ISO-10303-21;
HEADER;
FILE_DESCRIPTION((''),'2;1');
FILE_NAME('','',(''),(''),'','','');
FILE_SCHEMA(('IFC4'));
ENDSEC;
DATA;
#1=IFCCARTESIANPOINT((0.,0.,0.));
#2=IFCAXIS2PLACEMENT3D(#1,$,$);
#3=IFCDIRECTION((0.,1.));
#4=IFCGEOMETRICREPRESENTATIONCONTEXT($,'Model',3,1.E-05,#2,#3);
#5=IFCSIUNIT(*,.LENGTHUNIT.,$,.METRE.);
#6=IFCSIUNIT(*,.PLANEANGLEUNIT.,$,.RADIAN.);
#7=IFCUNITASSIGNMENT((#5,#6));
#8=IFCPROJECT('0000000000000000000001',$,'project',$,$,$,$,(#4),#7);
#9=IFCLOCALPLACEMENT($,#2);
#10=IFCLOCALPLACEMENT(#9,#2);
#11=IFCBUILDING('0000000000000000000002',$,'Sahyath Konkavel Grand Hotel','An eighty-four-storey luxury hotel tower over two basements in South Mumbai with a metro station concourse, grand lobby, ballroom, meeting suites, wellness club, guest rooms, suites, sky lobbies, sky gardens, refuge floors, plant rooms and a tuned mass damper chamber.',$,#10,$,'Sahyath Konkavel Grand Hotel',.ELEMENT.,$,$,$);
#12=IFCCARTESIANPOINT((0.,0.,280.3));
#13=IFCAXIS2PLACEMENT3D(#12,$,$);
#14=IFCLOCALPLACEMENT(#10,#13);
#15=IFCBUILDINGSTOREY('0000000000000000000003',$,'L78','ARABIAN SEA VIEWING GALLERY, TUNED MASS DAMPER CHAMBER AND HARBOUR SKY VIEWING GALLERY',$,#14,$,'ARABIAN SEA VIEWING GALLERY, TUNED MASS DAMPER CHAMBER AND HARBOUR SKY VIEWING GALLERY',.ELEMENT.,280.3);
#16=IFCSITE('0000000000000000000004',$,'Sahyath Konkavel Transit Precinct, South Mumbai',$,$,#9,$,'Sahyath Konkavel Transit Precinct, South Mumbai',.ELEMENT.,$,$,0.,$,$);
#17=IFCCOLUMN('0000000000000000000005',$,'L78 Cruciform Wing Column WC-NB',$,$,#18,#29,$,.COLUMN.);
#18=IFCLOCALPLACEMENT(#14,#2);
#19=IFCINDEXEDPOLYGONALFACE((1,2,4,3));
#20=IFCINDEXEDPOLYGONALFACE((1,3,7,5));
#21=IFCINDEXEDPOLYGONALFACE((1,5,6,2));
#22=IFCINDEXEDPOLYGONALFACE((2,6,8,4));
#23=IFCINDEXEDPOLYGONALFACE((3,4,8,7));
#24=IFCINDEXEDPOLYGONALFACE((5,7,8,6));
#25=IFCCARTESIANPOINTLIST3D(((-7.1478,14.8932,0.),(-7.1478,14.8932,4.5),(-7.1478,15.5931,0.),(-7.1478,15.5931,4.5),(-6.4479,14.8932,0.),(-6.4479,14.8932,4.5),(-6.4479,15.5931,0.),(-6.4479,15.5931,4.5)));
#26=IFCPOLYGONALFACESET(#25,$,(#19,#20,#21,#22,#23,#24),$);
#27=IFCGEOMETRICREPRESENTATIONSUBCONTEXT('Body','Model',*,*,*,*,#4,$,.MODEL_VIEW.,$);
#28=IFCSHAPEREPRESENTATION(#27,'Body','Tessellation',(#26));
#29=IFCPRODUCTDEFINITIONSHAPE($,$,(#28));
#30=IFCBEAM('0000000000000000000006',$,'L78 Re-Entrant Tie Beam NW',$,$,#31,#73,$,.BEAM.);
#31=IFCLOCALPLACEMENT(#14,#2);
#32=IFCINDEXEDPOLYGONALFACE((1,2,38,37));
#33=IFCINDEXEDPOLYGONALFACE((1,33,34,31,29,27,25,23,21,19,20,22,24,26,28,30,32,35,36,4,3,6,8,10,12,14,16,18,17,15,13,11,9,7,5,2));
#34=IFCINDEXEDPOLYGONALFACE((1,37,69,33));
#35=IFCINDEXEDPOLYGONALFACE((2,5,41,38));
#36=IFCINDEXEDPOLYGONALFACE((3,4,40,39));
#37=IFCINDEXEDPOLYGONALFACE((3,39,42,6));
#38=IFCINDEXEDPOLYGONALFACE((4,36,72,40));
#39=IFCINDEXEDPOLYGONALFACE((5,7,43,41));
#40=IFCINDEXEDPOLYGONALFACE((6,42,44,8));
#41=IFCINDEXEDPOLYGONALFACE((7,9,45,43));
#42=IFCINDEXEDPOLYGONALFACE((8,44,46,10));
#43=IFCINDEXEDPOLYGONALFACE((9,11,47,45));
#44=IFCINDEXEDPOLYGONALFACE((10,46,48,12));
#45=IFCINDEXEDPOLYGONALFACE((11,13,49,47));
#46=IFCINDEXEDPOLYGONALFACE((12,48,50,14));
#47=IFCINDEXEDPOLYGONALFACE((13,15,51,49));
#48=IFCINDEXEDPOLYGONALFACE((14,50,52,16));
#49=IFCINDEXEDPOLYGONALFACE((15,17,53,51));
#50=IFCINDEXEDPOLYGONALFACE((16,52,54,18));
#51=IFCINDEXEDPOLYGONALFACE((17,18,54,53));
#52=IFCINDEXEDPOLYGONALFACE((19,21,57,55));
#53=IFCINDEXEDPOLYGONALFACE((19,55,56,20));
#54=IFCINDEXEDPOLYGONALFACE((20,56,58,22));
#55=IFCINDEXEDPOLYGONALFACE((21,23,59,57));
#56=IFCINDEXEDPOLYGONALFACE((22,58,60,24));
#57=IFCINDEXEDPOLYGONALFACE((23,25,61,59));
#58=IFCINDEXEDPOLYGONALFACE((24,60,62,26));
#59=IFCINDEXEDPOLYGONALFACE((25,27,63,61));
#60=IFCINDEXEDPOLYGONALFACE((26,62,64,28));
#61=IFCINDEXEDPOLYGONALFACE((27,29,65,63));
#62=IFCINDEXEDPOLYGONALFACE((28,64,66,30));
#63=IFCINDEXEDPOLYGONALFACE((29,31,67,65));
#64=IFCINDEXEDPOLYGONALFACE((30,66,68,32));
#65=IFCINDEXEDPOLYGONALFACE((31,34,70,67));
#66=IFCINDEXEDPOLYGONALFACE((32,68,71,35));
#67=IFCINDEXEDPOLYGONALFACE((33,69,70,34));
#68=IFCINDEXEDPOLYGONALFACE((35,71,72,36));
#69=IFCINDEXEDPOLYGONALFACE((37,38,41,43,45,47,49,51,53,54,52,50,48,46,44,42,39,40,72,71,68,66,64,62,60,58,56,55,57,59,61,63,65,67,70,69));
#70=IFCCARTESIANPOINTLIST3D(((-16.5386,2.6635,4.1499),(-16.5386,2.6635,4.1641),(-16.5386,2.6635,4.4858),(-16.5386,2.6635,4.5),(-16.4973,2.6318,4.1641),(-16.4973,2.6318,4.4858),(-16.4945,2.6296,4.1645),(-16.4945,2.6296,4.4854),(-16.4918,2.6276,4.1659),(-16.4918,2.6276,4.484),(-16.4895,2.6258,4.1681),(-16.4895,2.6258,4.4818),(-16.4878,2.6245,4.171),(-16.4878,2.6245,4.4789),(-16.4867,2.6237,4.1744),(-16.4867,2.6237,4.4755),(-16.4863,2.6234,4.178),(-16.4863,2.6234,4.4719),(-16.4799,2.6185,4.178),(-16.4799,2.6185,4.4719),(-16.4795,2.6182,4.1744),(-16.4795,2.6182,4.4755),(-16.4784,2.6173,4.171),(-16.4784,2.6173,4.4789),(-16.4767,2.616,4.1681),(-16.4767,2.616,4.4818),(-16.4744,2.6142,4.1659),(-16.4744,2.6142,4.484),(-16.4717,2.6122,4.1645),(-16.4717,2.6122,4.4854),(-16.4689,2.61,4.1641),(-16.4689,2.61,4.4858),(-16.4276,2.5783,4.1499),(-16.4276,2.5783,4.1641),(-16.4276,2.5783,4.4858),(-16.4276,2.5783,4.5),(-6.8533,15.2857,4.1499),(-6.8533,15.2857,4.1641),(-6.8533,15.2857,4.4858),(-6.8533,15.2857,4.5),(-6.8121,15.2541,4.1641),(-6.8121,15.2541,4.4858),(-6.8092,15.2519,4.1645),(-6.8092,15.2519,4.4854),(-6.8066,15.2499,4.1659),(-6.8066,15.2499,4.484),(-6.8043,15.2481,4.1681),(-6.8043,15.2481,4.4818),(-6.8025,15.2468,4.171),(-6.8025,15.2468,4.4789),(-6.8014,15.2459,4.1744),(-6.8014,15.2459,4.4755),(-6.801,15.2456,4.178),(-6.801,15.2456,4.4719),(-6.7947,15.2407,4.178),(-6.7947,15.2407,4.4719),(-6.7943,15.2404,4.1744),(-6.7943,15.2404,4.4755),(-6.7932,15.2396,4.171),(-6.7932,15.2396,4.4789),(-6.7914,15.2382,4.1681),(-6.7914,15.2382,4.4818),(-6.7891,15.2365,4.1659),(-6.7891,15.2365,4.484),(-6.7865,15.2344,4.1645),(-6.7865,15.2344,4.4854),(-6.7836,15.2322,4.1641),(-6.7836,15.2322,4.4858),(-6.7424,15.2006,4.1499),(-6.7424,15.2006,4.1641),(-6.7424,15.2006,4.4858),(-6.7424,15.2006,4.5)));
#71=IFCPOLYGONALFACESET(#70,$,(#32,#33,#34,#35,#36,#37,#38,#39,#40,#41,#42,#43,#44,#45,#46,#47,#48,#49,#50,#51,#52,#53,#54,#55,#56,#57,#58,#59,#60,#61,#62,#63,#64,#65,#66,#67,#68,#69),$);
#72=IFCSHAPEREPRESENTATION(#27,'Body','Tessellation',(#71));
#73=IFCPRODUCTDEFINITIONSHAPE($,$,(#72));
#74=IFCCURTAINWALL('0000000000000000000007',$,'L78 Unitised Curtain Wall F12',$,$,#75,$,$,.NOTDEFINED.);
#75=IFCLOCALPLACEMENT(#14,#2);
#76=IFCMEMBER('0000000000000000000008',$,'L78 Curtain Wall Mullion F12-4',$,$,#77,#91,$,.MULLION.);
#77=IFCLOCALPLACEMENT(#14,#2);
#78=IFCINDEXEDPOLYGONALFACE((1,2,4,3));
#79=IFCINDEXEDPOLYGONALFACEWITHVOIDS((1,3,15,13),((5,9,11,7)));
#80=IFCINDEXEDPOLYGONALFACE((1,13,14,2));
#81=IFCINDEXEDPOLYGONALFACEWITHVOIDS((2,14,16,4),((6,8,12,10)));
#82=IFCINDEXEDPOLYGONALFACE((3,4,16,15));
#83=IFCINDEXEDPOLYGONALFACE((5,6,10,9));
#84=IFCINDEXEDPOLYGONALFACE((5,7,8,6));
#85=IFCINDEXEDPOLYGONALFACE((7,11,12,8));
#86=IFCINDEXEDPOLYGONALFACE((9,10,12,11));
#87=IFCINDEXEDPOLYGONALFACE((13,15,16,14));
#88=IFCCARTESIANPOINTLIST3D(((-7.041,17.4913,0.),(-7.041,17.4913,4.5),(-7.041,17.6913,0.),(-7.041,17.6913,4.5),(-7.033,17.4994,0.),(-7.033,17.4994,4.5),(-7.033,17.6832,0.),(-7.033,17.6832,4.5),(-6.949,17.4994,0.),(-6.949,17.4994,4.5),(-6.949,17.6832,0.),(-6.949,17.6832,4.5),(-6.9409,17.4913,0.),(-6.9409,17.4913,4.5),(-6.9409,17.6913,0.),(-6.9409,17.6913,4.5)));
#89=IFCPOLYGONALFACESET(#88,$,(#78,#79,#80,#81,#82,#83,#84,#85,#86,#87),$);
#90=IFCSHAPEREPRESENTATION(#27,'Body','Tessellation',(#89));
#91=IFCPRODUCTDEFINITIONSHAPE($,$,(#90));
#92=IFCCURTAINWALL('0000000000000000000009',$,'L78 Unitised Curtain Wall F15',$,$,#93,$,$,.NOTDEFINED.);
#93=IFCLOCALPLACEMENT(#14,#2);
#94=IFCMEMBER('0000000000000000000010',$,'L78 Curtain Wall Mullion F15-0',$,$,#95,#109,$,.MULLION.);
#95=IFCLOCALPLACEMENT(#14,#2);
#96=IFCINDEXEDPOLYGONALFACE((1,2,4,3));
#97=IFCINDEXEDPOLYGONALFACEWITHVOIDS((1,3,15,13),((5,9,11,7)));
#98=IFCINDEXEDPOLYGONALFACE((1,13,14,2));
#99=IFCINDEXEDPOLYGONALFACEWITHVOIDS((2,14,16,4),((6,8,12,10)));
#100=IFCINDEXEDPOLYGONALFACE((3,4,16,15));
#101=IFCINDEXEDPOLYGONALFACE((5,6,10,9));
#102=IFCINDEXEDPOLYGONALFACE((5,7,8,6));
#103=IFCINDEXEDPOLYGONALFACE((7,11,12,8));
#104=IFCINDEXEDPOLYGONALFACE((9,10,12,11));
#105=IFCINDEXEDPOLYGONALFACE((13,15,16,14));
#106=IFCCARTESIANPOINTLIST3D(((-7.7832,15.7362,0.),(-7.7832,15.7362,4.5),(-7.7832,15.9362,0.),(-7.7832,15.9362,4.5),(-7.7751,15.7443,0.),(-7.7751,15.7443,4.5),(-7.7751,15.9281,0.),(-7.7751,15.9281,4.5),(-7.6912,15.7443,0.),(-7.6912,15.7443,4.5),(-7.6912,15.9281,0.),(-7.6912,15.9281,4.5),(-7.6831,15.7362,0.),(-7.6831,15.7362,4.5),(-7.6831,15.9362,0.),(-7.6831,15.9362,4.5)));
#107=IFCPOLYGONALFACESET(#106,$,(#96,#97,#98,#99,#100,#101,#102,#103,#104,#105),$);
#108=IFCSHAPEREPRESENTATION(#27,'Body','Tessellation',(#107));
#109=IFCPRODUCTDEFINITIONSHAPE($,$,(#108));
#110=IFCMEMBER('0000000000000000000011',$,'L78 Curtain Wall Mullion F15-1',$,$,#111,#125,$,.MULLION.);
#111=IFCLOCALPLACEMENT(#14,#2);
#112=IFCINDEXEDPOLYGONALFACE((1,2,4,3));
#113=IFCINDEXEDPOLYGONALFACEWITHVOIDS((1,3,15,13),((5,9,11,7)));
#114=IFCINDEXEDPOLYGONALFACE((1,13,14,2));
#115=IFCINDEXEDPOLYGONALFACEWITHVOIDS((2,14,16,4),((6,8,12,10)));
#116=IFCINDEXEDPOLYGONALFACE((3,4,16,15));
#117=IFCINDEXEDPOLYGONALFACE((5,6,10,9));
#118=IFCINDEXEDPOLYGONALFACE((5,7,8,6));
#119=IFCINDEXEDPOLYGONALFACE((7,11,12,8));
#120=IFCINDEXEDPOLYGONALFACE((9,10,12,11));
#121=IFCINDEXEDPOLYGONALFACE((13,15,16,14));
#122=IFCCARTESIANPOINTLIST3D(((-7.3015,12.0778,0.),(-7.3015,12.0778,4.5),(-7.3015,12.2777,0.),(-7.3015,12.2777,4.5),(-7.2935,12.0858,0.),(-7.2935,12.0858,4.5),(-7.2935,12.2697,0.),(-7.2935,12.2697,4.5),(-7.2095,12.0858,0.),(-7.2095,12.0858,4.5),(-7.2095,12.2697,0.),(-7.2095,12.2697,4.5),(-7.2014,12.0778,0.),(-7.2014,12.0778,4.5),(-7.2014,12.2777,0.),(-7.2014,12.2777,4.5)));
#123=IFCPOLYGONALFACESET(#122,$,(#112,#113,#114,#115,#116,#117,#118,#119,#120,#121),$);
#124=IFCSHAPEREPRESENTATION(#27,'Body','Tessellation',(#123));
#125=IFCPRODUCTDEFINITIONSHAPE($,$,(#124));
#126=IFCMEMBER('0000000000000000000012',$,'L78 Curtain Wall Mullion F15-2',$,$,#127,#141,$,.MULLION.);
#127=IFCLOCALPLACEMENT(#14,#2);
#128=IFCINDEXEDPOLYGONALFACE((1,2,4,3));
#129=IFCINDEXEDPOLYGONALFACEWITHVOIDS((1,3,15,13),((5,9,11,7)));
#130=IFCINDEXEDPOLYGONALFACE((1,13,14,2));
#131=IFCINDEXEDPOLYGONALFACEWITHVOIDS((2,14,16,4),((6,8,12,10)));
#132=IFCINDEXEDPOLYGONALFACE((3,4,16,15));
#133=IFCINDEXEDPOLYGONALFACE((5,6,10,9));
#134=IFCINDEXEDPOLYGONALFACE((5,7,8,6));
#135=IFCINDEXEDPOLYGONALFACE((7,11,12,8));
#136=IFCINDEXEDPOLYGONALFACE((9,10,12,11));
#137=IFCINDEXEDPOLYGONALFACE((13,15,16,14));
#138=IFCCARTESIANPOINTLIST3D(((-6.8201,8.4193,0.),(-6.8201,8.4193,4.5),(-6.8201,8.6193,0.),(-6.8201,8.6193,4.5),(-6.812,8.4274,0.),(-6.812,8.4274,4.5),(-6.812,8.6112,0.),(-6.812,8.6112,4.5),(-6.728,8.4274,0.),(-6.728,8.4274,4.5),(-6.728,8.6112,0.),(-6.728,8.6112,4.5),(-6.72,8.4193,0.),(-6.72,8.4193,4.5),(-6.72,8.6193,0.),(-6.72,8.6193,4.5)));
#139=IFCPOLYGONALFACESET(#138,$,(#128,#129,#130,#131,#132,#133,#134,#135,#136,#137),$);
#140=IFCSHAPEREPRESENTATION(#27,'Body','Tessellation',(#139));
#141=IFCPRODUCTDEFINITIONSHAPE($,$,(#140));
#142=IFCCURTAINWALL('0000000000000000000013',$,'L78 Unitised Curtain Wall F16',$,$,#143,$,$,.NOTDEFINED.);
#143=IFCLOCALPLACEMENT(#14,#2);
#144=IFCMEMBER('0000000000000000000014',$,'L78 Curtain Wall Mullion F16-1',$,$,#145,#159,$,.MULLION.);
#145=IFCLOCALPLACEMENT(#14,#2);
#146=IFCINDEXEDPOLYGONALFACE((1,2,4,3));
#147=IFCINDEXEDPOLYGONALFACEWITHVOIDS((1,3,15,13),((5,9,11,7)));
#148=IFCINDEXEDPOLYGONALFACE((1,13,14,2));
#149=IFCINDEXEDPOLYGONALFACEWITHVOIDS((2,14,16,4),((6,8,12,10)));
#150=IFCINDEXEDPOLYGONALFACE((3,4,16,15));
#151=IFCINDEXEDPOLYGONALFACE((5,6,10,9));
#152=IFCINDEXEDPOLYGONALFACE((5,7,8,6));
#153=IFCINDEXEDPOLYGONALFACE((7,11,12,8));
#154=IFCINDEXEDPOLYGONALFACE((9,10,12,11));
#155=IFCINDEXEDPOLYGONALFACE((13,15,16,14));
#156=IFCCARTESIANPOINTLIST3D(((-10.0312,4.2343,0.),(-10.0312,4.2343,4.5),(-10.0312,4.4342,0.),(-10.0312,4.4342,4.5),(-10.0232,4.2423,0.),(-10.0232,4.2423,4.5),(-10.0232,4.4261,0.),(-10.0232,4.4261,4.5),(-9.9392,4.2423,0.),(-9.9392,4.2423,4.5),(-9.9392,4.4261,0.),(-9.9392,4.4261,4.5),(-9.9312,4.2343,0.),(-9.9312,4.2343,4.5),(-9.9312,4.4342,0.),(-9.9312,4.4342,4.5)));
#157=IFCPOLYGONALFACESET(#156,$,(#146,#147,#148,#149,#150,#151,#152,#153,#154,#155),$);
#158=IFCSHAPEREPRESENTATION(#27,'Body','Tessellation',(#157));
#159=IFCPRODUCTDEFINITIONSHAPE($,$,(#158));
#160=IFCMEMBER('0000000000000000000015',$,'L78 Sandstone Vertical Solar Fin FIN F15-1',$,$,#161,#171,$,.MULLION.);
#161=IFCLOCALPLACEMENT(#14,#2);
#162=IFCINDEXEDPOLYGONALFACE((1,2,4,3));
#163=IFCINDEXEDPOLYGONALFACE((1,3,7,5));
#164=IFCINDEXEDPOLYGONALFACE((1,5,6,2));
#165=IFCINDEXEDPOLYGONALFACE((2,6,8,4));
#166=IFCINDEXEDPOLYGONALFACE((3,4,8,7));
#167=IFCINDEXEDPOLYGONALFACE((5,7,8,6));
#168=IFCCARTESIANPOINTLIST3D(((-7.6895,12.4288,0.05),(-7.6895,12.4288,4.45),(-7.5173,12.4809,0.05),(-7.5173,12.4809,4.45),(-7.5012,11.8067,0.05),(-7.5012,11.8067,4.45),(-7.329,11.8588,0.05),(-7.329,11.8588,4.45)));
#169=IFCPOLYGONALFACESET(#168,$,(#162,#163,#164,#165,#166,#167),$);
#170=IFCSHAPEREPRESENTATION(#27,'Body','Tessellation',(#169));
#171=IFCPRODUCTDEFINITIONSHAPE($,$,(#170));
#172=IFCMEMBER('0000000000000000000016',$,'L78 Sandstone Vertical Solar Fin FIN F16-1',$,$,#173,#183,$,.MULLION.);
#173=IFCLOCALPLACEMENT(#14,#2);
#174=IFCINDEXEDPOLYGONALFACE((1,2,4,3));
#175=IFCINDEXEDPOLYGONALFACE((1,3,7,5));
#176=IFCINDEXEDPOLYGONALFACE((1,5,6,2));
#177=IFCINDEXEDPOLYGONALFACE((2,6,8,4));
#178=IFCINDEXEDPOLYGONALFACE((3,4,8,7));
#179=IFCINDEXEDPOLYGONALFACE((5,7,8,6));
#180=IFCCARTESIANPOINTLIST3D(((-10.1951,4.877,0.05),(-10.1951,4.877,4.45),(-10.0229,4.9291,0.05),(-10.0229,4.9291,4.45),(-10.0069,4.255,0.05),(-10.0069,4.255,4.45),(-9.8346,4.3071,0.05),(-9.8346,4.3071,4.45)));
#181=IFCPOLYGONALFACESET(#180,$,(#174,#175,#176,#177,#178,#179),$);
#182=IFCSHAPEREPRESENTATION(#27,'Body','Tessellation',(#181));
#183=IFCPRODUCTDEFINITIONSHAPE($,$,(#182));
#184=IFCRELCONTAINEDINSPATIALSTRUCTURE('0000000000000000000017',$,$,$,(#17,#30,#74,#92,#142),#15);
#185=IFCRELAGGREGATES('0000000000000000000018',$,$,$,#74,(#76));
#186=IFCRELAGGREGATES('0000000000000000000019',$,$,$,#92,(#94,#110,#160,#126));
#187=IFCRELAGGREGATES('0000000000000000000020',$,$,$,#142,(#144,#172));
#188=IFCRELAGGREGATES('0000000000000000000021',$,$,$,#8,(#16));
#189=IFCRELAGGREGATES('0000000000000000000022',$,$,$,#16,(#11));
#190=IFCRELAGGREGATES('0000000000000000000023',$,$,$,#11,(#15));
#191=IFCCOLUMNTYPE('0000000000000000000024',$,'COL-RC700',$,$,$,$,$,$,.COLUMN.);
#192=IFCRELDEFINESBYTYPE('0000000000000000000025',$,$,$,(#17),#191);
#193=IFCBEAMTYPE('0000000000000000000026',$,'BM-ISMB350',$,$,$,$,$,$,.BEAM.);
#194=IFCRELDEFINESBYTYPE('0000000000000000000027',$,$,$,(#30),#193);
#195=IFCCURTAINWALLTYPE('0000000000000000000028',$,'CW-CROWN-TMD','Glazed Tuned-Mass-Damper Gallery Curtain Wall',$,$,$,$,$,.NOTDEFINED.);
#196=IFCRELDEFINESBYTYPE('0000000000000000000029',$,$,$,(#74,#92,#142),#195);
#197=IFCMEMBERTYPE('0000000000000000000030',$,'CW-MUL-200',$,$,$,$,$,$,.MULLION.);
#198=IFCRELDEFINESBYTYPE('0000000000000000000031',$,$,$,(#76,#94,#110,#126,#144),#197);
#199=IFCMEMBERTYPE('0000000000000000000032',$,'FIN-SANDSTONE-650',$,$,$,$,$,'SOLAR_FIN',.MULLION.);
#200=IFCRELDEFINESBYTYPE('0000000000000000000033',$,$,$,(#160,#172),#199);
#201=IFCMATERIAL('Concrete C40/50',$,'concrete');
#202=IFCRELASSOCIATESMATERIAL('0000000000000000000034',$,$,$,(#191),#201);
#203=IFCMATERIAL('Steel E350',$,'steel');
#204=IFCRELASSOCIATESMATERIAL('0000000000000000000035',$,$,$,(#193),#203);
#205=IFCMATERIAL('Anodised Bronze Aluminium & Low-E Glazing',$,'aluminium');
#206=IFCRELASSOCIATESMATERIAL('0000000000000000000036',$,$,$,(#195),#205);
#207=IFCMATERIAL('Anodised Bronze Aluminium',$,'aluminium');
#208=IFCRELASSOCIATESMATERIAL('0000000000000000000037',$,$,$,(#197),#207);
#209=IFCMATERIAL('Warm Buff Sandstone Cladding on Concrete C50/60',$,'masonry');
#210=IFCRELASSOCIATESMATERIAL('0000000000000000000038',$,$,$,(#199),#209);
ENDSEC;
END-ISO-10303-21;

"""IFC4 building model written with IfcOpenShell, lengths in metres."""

from ifc_helpers import new_model, si_unit, direction, frame, origin, origin_2d, place, context, subcontext, project, spatial, rectangle, hollow_rectangle, i_section, extrude, source, transform, mapped, material, material_profile, profile_set, type_object, element, aggregate, save


model = new_model("IFC4")

# Units and contexts
model_context = context("Model", 3, precision=1e-05, world=origin(), true_north=direction((0.0, 1.0)))
body_context = subcontext(model_context, "Body", "Model", "MODEL_VIEW")
ifc_project = project(units=[si_unit("LENGTHUNIT", "METRE"), si_unit("PLANEANGLEUNIT", "RADIAN")], contexts=[model_context])

# Site, building, storey
site_placement = place(None, origin())
site = spatial("IfcSite", under=ifc_project, at=site_placement, Name="Sahyath Konkavel Transit Precinct, South Mumbai", LongName="Sahyath Konkavel Transit Precinct, South Mumbai", CompositionType="ELEMENT", RefElevation=0.0)
building_placement = place(site_placement, origin())
building = spatial("IfcBuilding", under=site, at=building_placement, Name="Sahyath Konkavel Grand Hotel", Description="An eighty-four-storey luxury hotel tower over two basements in South Mumbai with a metro station concourse, grand lobby, ballroom, meeting suites, wellness club, guest rooms, suites, sky lobbies, sky gardens, refuge floors, plant rooms and a tuned mass damper chamber.", LongName="Sahyath Konkavel Grand Hotel", CompositionType="ELEMENT")
storey_placement = place(building_placement, frame((0.0, 0.0, 280.3)))
storey = spatial("IfcBuildingStorey", under=building, at=storey_placement, Name="L78", Description="ARABIAN SEA VIEWING GALLERY, TUNED MASS DAMPER CHAMBER AND HARBOUR SKY VIEWING GALLERY", LongName="ARABIAN SEA VIEWING GALLERY, TUNED MASS DAMPER CHAMBER AND HARBOUR SKY VIEWING GALLERY", CompositionType="ELEMENT", Elevation=280.3)

# Column
ifc_material_1 = material(Name="Concrete C40/50", Category="concrete")
ifc_material_profile_1 = material_profile(ifc_material_1, rectangle(XDim=0.7, YDim=0.7, at=origin_2d()), Name="RC 700x700")
ifc_profile_set_1 = profile_set([ifc_material_profile_1], Name="Concrete C40/50")
column_type = type_object("IfcColumnType", Name="COL-RC700", PredefinedType="COLUMN", material=ifc_profile_set_1)
shared_shape_1 = source(origin(), body_context, "Body", "SweptSolid", [
    extrude(rectangle(XDim=0.7, YDim=0.7, at=origin_2d()), origin(), (0.0, 0.0, 1.0), 4.5),
])
column_placement = place(storey_placement, frame((-6.7979, 15.2432, 0.0), z_axis=(0.0, 0.0, 1.0), x_axis=(1.0, 0.0, 0.0)))
element("IfcColumn", 1, at=column_placement, inside=storey, type_object=column_type, Name="L78 Cruciform Wing Column WC-NB", PredefinedType="COLUMN", context=body_context, shape_type="MappedRepresentation", body=[
    mapped(shared_shape_1, transform((0.0, 0.0, 0.0), scale=1.0)),
])

# Beam
ifc_material_2 = material(Name="Steel E350", Category="steel")
ifc_material_profile_2 = material_profile(ifc_material_2, i_section(OverallWidth=0.1399, OverallDepth=0.3501, WebThickness=0.0081, FlangeThickness=0.0142, FilletRadius=0.0139, at=origin_2d()), Name="ISMB 350")
ifc_profile_set_2 = profile_set([ifc_material_profile_2], Name="Steel E350")
beam_type = type_object("IfcBeamType", Name="BM-ISMB350", PredefinedType="BEAM", material=ifc_profile_set_2)
shared_shape_2 = source(origin(), body_context, "Body", "SweptSolid", [
    extrude(i_section(OverallWidth=0.1399, OverallDepth=0.3501, WebThickness=0.0081, FlangeThickness=0.0142, FilletRadius=0.0139, at=origin_2d()), origin(), (0.0, 0.0, 1.0), 15.9099),
])
beam_placement = place(storey_placement, frame((-6.7979, 15.2432, 4.325), z_axis=(-0.608756, -0.793358, 0.0), x_axis=(0.793358, -0.608756, 0.0)))
element("IfcBeam", 2, at=beam_placement, inside=storey, type_object=beam_type, Name="L78 Re-Entrant Tie Beam NW", PredefinedType="BEAM", context=body_context, shape_type="MappedRepresentation", body=[
    mapped(shared_shape_2, transform((0.0, 0.0, 0.0), scale=1.0)),
])

# Curtain wall, member
ifc_material_3 = material(Name="Anodised Bronze Aluminium & Low-E Glazing", Category="aluminium")
curtain_wall_type = type_object("IfcCurtainWallType", Name="CW-CROWN-TMD", Description="Glazed Tuned-Mass-Damper Gallery Curtain Wall", PredefinedType="NOTDEFINED", material=ifc_material_3)
curtain_wall_1_placement = place(storey_placement, origin())
curtain_wall_1 = element("IfcCurtainWall", 3, at=curtain_wall_1_placement, inside=storey, type_object=curtain_wall_type, Name="L78 Unitised Curtain Wall F12", PredefinedType="NOTDEFINED")
ifc_material_4 = material(Name="Anodised Bronze Aluminium", Category="aluminium")
ifc_material_profile_3 = material_profile(ifc_material_4, hollow_rectangle(XDim=0.1001, YDim=0.2, WallThickness=0.0081, at=origin_2d()), Name="RHS 200x100x8")
ifc_profile_set_3 = profile_set([ifc_material_profile_3], Name="Anodised Bronze Aluminium")
member_type_1 = type_object("IfcMemberType", Name="CW-MUL-200", PredefinedType="MULLION", material=ifc_profile_set_3)
shared_shape_3 = source(origin(), body_context, "Body", "SweptSolid", [
    extrude(hollow_rectangle(XDim=0.1001, YDim=0.2, WallThickness=0.0081, at=origin_2d()), origin(), (0.0, 0.0, 1.0), 4.5),
])
member_1_placement = place(storey_placement, frame((-6.991, 17.5913, 0.0), z_axis=(0.0, 0.0, 1.0), x_axis=(1.0, 0.0, 0.0)))
member_1 = element("IfcMember", 4, at=member_1_placement, type_object=member_type_1, Name="L78 Curtain Wall Mullion F12-4", PredefinedType="MULLION", context=body_context, shape_type="MappedRepresentation", body=[
    mapped(shared_shape_3, transform((0.0, 0.0, 0.0), scale=1.0)),
])
aggregate(curtain_wall_1, [member_1])

# Curtain wall, members
curtain_wall_2_placement = place(storey_placement, origin())
curtain_wall_2 = element("IfcCurtainWall", 5, at=curtain_wall_2_placement, inside=storey, type_object=curtain_wall_type, Name="L78 Unitised Curtain Wall F15", PredefinedType="NOTDEFINED")
member_2_placement = place(storey_placement, frame((-7.7332, 15.8362, 0.0), z_axis=(0.0, 0.0, 1.0), x_axis=(1.0, 0.0, 0.0)))
member_2 = element("IfcMember", 6, at=member_2_placement, type_object=member_type_1, Name="L78 Curtain Wall Mullion F15-0", PredefinedType="MULLION", context=body_context, shape_type="MappedRepresentation", body=[
    mapped(shared_shape_3, transform((0.0, 0.0, 0.0), scale=1.0)),
])
member_3_placement = place(storey_placement, frame((-7.2515, 12.1777, 0.0), z_axis=(0.0, 0.0, 1.0), x_axis=(1.0, 0.0, 0.0)))
member_3 = element("IfcMember", 7, at=member_3_placement, type_object=member_type_1, Name="L78 Curtain Wall Mullion F15-1", PredefinedType="MULLION", context=body_context, shape_type="MappedRepresentation", body=[
    mapped(shared_shape_3, transform((0.0, 0.0, 0.0), scale=1.0)),
])
member_4_placement = place(storey_placement, frame((-6.77, 8.5193, 0.0), z_axis=(0.0, 0.0, 1.0), x_axis=(1.0, 0.0, 0.0)))
member_4 = element("IfcMember", 8, at=member_4_placement, type_object=member_type_1, Name="L78 Curtain Wall Mullion F15-2", PredefinedType="MULLION", context=body_context, shape_type="MappedRepresentation", body=[
    mapped(shared_shape_3, transform((0.0, 0.0, 0.0), scale=1.0)),
])

# Curtain wall, member
curtain_wall_3_placement = place(storey_placement, origin())
curtain_wall_3 = element("IfcCurtainWall", 9, at=curtain_wall_3_placement, inside=storey, type_object=curtain_wall_type, Name="L78 Unitised Curtain Wall F16", PredefinedType="NOTDEFINED")
member_5_placement = place(storey_placement, frame((-9.9812, 4.3342, 0.0), z_axis=(0.0, 0.0, 1.0), x_axis=(1.0, 0.0, 0.0)))
member_5 = element("IfcMember", 10, at=member_5_placement, type_object=member_type_1, Name="L78 Curtain Wall Mullion F16-1", PredefinedType="MULLION", context=body_context, shape_type="MappedRepresentation", body=[
    mapped(shared_shape_3, transform((0.0, 0.0, 0.0), scale=1.0)),
])

# Members
ifc_material_5 = material(Name="Warm Buff Sandstone Cladding on Concrete C50/60", Category="masonry")
ifc_material_profile_4 = material_profile(ifc_material_5, rectangle(XDim=0.1799, YDim=0.6499, at=origin_2d()), Name="FIN 180x650")
ifc_profile_set_4 = profile_set([ifc_material_profile_4], Name="Warm Buff Sandstone Cladding on Concrete C50/60")
member_type_2 = type_object("IfcMemberType", Name="FIN-SANDSTONE-650", ElementType="SOLAR_FIN", PredefinedType="MULLION", material=ifc_profile_set_4)
shared_shape_4 = source(origin(), body_context, "Body", "SweptSolid", [
    extrude(rectangle(XDim=0.1799, YDim=0.6499, at=origin_2d()), origin(), (0.0, 0.0, 1.0), 4.3999),
])
member_6_placement = place(storey_placement, frame((-7.5093, 12.1438, 0.05), z_axis=(0.0, 0.0, 1.0), x_axis=(0.957117, 0.2897, 0.0)))
member_6 = element("IfcMember", 11, at=member_6_placement, type_object=member_type_2, Name="L78 Sandstone Vertical Solar Fin FIN F15-1", PredefinedType="MULLION", context=body_context, shape_type="MappedRepresentation", body=[
    mapped(shared_shape_4, transform((0.0, 0.0, 0.0), scale=1.0)),
])
member_7_placement = place(storey_placement, frame((-10.0149, 4.592, 0.05), z_axis=(0.0, 0.0, 1.0), x_axis=(0.957117, 0.2897, 0.0)))
member_7 = element("IfcMember", 12, at=member_7_placement, type_object=member_type_2, Name="L78 Sandstone Vertical Solar Fin FIN F16-1", PredefinedType="MULLION", context=body_context, shape_type="MappedRepresentation", body=[
    mapped(shared_shape_4, transform((0.0, 0.0, 0.0), scale=1.0)),
])

aggregate(curtain_wall_2, [member_2, member_3, member_6, member_4])
aggregate(curtain_wall_3, [member_5, member_7])

save(model, "model.ifc")
